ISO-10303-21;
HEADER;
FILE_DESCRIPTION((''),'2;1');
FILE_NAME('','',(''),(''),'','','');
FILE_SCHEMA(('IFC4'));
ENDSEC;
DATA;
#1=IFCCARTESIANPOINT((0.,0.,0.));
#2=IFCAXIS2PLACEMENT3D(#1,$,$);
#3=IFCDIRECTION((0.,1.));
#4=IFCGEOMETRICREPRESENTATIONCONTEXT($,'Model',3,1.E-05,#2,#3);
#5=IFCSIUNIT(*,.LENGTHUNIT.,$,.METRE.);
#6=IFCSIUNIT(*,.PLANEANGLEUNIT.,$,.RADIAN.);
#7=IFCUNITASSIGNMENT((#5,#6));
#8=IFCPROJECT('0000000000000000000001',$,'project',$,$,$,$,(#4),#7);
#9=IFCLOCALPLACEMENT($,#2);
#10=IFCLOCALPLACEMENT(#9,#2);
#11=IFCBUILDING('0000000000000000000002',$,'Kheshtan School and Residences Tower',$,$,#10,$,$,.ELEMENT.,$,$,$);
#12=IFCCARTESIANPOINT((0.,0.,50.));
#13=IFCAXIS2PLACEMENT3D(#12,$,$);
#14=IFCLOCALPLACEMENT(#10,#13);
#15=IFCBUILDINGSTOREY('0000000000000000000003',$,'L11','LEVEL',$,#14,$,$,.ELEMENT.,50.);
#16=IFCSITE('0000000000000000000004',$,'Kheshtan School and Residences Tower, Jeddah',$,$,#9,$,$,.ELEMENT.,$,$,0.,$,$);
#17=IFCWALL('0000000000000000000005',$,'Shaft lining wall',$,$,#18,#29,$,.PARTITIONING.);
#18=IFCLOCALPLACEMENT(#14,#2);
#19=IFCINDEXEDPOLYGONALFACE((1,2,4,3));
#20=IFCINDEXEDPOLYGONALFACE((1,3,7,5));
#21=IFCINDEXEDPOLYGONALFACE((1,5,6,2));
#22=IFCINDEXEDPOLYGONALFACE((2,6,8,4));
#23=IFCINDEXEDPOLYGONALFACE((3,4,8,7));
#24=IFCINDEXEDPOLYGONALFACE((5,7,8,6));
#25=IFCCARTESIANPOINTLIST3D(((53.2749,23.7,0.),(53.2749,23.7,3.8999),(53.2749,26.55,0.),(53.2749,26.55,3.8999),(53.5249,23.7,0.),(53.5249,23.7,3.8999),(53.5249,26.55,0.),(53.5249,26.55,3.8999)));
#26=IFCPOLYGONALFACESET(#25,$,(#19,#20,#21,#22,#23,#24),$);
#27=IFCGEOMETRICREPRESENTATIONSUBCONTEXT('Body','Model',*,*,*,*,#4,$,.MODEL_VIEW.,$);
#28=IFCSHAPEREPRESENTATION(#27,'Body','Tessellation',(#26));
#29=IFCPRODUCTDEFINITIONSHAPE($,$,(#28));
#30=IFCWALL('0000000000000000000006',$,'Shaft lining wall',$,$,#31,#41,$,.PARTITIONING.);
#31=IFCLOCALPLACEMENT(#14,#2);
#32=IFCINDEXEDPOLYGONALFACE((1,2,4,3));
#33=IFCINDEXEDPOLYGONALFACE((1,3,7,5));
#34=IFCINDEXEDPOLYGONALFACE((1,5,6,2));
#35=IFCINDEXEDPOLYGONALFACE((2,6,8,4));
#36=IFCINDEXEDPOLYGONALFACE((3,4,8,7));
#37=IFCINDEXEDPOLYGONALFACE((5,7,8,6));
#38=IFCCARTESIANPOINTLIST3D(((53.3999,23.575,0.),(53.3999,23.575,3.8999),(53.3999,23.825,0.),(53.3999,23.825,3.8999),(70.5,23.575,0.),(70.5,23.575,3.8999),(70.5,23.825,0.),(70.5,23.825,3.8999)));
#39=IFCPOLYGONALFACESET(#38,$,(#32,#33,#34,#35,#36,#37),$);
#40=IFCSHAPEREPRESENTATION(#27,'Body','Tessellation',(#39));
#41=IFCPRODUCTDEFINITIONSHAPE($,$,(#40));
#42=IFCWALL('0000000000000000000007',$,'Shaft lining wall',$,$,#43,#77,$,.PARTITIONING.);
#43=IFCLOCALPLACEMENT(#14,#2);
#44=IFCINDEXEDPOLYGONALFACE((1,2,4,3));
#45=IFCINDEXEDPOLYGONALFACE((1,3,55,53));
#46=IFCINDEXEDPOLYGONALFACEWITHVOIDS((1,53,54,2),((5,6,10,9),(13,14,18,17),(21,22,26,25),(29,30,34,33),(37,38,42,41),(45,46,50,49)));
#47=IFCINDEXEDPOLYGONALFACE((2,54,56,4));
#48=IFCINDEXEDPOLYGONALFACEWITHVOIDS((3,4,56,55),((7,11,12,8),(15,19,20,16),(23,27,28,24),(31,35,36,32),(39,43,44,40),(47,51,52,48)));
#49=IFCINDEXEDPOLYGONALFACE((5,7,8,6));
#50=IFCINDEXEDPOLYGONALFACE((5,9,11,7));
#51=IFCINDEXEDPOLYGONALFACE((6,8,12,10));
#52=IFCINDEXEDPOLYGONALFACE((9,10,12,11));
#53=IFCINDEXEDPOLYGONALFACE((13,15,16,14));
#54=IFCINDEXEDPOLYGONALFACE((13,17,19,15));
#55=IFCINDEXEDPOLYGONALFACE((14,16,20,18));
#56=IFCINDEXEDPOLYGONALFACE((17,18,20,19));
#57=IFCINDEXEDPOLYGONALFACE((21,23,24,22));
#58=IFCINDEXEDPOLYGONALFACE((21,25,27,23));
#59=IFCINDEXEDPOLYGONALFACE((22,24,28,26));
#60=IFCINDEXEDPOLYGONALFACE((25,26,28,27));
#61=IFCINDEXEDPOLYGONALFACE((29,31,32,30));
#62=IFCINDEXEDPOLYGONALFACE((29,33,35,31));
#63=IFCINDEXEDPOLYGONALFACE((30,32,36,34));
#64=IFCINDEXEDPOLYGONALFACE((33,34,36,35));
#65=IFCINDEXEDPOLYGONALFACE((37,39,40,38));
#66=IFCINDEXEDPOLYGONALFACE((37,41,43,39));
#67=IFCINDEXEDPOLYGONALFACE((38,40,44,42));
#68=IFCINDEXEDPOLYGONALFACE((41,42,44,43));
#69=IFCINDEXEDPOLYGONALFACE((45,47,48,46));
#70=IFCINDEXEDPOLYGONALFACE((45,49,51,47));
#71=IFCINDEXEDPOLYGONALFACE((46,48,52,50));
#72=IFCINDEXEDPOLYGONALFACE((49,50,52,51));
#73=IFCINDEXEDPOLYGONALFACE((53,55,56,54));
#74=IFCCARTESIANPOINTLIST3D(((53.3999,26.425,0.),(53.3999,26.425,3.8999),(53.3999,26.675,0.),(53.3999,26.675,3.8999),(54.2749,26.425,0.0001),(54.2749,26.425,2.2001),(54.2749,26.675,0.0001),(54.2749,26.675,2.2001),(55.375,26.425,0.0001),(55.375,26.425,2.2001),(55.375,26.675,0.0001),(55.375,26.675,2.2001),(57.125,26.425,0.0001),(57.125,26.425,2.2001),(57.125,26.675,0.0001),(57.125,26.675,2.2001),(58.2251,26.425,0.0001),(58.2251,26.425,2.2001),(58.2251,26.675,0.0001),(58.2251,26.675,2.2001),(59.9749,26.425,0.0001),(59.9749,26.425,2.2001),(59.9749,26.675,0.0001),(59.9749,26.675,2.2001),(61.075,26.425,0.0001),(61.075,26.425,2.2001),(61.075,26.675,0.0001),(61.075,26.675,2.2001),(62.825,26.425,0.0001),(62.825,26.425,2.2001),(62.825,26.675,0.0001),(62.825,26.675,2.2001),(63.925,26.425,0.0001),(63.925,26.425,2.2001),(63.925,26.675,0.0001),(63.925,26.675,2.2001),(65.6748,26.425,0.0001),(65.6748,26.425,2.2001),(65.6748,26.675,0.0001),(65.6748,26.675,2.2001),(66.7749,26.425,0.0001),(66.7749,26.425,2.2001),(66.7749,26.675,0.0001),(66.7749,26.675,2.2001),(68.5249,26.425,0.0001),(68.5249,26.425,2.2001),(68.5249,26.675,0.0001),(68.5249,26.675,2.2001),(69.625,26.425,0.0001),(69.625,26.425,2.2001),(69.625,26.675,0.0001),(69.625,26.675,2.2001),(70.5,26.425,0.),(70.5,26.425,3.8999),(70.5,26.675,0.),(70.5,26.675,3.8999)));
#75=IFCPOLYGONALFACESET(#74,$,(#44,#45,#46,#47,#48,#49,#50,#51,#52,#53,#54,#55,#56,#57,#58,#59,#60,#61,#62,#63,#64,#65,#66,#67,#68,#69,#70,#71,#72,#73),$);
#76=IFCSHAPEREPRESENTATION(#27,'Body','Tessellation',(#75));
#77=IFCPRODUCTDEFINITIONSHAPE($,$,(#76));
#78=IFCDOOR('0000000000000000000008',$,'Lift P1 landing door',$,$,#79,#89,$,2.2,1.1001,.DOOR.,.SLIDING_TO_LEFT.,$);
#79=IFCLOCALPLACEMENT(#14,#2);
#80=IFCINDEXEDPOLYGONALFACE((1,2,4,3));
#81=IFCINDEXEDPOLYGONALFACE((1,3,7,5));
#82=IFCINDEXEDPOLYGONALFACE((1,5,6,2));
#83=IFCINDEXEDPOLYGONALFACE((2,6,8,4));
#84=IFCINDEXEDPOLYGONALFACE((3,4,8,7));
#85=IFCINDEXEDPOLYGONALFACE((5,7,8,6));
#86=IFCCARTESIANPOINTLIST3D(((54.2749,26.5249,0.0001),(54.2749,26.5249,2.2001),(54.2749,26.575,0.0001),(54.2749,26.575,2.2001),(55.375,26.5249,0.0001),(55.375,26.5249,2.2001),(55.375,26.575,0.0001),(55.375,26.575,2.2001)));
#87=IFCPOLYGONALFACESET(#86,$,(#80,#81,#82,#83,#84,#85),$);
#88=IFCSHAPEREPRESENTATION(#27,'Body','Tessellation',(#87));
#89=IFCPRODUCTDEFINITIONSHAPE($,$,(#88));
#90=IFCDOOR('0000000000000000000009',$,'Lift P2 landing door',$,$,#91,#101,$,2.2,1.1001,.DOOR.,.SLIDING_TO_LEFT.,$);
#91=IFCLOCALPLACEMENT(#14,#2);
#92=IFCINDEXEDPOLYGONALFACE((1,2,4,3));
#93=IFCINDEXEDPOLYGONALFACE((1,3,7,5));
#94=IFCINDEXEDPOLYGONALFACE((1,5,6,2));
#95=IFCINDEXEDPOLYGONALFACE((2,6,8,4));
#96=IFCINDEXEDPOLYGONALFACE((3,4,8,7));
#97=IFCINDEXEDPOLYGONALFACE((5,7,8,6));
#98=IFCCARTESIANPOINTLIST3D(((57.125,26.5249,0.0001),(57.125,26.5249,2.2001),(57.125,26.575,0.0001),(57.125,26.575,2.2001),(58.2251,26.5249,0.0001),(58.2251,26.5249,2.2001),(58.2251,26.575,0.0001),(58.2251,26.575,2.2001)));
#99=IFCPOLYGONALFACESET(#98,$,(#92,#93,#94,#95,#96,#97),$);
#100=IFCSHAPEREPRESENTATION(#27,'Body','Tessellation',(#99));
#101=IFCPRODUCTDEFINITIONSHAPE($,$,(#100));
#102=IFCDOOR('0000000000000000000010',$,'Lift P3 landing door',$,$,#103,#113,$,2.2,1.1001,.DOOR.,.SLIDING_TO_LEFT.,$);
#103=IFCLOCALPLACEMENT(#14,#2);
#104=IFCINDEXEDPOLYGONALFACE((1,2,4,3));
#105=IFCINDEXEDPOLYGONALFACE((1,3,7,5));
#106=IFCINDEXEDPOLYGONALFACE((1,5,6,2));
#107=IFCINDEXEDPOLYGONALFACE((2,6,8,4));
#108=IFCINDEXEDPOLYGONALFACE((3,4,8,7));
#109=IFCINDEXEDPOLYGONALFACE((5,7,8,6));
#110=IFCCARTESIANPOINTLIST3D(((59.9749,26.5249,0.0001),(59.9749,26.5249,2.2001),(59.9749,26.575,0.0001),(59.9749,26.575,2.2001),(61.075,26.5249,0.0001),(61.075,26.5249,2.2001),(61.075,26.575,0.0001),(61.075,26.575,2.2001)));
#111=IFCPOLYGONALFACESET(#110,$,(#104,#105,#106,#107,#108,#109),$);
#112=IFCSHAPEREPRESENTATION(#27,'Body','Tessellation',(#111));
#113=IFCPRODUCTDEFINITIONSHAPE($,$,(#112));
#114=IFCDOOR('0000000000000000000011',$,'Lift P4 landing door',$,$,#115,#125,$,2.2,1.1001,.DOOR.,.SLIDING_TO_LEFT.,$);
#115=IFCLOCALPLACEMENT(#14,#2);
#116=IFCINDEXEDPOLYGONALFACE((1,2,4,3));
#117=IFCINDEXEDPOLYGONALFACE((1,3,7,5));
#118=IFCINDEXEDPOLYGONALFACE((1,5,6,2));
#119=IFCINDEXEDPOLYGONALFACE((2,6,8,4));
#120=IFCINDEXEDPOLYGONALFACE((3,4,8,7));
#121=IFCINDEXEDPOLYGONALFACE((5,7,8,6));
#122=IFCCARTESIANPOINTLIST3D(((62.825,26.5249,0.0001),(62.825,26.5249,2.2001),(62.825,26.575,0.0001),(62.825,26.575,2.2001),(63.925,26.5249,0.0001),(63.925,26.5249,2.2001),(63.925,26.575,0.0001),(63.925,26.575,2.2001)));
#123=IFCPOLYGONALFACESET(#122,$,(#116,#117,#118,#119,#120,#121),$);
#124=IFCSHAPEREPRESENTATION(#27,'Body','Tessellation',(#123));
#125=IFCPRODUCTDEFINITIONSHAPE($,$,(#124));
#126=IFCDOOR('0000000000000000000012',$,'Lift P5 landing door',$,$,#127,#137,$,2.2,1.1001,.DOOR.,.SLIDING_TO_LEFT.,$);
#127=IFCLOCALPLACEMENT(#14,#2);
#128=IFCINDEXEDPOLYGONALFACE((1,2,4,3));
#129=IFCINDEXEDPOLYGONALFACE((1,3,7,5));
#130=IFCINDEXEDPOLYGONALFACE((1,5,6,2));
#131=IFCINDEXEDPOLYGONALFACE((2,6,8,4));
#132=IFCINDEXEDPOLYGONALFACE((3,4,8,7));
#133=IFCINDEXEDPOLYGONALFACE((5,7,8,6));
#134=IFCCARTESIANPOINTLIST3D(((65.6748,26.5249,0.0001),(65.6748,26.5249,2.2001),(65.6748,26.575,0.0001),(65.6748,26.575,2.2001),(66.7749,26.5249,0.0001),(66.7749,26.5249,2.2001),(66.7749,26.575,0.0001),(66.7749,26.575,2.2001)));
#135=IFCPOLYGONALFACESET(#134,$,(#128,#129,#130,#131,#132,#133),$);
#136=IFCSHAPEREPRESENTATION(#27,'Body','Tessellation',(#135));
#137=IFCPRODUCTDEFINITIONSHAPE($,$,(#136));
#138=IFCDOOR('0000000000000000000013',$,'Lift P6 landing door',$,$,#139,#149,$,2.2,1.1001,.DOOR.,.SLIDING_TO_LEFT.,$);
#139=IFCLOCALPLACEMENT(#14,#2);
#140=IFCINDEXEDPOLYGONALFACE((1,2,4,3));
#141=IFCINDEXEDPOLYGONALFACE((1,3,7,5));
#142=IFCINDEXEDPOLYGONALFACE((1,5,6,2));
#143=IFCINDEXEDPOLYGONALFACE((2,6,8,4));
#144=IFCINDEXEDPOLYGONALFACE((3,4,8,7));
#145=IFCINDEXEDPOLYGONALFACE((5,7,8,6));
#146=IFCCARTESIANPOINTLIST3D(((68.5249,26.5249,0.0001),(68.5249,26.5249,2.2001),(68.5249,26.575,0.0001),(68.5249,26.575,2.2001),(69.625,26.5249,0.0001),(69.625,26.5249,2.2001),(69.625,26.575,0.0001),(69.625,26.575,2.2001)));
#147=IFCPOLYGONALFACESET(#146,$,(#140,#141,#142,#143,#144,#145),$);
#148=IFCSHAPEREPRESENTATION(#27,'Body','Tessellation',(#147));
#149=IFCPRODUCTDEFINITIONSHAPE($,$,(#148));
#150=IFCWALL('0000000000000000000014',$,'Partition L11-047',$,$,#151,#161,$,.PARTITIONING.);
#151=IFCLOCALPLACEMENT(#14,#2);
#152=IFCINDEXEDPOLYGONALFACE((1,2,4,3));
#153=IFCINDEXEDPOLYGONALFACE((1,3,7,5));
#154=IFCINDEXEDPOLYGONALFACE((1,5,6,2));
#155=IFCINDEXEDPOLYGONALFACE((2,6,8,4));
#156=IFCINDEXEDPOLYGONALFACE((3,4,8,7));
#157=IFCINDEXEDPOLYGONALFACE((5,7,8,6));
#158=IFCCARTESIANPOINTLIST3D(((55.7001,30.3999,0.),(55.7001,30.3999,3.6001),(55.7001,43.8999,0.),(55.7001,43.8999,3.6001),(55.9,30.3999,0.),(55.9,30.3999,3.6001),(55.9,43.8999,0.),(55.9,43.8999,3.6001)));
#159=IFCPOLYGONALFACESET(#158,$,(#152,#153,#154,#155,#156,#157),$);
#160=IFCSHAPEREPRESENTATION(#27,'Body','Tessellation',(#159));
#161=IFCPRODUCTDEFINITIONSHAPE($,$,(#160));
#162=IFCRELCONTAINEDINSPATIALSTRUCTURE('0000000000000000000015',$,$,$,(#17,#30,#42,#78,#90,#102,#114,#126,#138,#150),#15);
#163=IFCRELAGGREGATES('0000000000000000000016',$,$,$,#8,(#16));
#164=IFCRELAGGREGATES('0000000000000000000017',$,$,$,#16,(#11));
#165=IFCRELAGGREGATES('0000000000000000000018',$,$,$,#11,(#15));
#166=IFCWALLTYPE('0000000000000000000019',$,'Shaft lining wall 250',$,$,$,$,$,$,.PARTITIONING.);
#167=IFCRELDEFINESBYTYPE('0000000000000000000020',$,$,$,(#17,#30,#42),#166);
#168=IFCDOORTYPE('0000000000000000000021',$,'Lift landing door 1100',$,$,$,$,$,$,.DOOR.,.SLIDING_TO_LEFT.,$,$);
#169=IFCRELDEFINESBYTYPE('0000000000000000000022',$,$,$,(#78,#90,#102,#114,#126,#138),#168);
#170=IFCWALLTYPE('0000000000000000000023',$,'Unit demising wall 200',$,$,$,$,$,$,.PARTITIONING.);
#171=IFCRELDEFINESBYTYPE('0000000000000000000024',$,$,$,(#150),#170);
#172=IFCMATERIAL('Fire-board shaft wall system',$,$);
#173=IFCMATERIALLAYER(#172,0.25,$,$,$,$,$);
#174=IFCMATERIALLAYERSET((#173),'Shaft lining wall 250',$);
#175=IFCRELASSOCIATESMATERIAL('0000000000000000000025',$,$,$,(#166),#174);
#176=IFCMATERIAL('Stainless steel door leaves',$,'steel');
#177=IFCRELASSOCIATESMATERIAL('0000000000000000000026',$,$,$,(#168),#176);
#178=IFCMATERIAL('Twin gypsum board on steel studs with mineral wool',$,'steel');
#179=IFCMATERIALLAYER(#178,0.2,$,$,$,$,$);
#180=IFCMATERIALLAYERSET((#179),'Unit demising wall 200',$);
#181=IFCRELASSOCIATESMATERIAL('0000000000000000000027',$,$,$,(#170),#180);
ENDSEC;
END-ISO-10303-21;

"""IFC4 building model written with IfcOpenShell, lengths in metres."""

from ifc_helpers import new_model, si_unit, direction, frame, frame_2d, origin, place, context, subcontext, project, spatial, rectangle, extrude, source, transform, mapped, material, layer, layer_set, type_object, element, fill, save


model = new_model("IFC4")

# Units and contexts
model_context = context("Model", 3, precision=1e-05, world=origin(), true_north=direction((0.0, 1.0)))
body_context = subcontext(model_context, "Body", "Model", "MODEL_VIEW")
ifc_project = project(units=[si_unit("LENGTHUNIT", "METRE"), si_unit("PLANEANGLEUNIT", "RADIAN")], contexts=[model_context])

# Site, building, storey
site_placement = place(None, origin())
site = spatial("IfcSite", under=ifc_project, at=site_placement, Name="Kheshtan School and Residences Tower, Jeddah", CompositionType="ELEMENT", RefElevation=0.0)
building_placement = place(site_placement, origin())
building = spatial("IfcBuilding", under=site, at=building_placement, Name="Kheshtan School and Residences Tower", CompositionType="ELEMENT")
storey_placement = place(building_placement, frame((0.0, 0.0, 50.0)))
storey = spatial("IfcBuildingStorey", under=building, at=storey_placement, Name="L11", Description="LEVEL", CompositionType="ELEMENT", Elevation=50.0)

# Walls
ifc_material_1 = material(Name="Fire-board shaft wall system")
ifc_layer_1 = layer(ifc_material_1, 0.25)
ifc_layer_set_1 = layer_set([ifc_layer_1], Name="Shaft lining wall 250")
wall_type_1 = type_object("IfcWallType", Name="Shaft lining wall 250", PredefinedType="PARTITIONING", material=ifc_layer_set_1)
wall_1_placement = place(storey_placement, frame((53.3999, 23.7, 0.0), z_axis=(0.0, 0.0, 1.0), x_axis=(0.0, 1.0, 0.0)))
element("IfcWall", 1, at=wall_1_placement, inside=storey, type_object=wall_type_1, Name="Shaft lining wall", PredefinedType="PARTITIONING", context=body_context, shape_type="SweptSolid", body=[
    extrude(rectangle(XDim=2.8501, YDim=0.25, at=frame_2d((1.425, 0.0))), origin(), (0.0, 0.0, 1.0), 3.8999),
])
wall_2_placement = place(storey_placement, frame((53.3999, 23.7, 0.0), z_axis=(0.0, 0.0, 1.0), x_axis=(1.0, 0.0, 0.0)))
element("IfcWall", 2, at=wall_2_placement, inside=storey, type_object=wall_type_1, Name="Shaft lining wall", PredefinedType="PARTITIONING", context=body_context, shape_type="SweptSolid", body=[
    extrude(rectangle(XDim=17.1001, YDim=0.25, at=frame_2d((8.55, 0.0))), origin(), (0.0, 0.0, 1.0), 3.8999),
])

# Wall, openings, doors
wall_3_placement = place(storey_placement, frame((53.3999, 26.55, 0.0), z_axis=(0.0, 0.0, 1.0), x_axis=(1.0, 0.0, 0.0)))
wall_3 = element("IfcWall", 3, at=wall_3_placement, inside=storey, type_object=wall_type_1, Name="Shaft lining wall", PredefinedType="PARTITIONING", context=body_context, shape_type="SweptSolid", body=[
    extrude(rectangle(XDim=17.1001, YDim=0.25, at=frame_2d((8.55, 0.0))), origin(), (0.0, 0.0, 1.0), 3.8999),
])
opening_1_placement = place(wall_3_placement, frame((0.875, 0.0, 0.0)))
opening_1 = element("IfcOpeningElement", 4, at=opening_1_placement, cuts=wall_3, PredefinedType="OPENING", context=body_context, shape_type="SweptSolid", body=[
    extrude(rectangle(XDim=1.1001, YDim=2.2, at=frame_2d((0.55, 1.1001))), frame((0.0, 0.135, 0.0), z_axis=(0.0, -1.0, 0.0), x_axis=(1.0, 0.0, 0.0)), (0.0, 0.0, 1.0), 0.27),
])
opening_2_placement = place(wall_3_placement, frame((3.7251, 0.0, 0.0)))
opening_2 = element("IfcOpeningElement", 5, at=opening_2_placement, cuts=wall_3, PredefinedType="OPENING", context=body_context, shape_type="SweptSolid", body=[
    extrude(rectangle(XDim=1.1001, YDim=2.2, at=frame_2d((0.55, 1.1001))), frame((0.0, 0.135, 0.0), z_axis=(0.0, -1.0, 0.0), x_axis=(1.0, 0.0, 0.0)), (0.0, 0.0, 1.0), 0.27),
])
opening_3_placement = place(wall_3_placement, frame((6.575, 0.0, 0.0)))
opening_3 = element("IfcOpeningElement", 6, at=opening_3_placement, cuts=wall_3, PredefinedType="OPENING", context=body_context, shape_type="SweptSolid", body=[
    extrude(rectangle(XDim=1.1001, YDim=2.2, at=frame_2d((0.55, 1.1001))), frame((0.0, 0.135, 0.0), z_axis=(0.0, -1.0, 0.0), x_axis=(1.0, 0.0, 0.0)), (0.0, 0.0, 1.0), 0.27),
])
opening_4_placement = place(wall_3_placement, frame((9.425, 0.0, 0.0)))
opening_4 = element("IfcOpeningElement", 7, at=opening_4_placement, cuts=wall_3, PredefinedType="OPENING", context=body_context, shape_type="SweptSolid", body=[
    extrude(rectangle(XDim=1.1001, YDim=2.2, at=frame_2d((0.55, 1.1001))), frame((0.0, 0.135, 0.0), z_axis=(0.0, -1.0, 0.0), x_axis=(1.0, 0.0, 0.0)), (0.0, 0.0, 1.0), 0.27),
])
opening_5_placement = place(wall_3_placement, frame((12.2749, 0.0, 0.0)))
opening_5 = element("IfcOpeningElement", 8, at=opening_5_placement, cuts=wall_3, PredefinedType="OPENING", context=body_context, shape_type="SweptSolid", body=[
    extrude(rectangle(XDim=1.1001, YDim=2.2, at=frame_2d((0.55, 1.1001))), frame((0.0, 0.135, 0.0), z_axis=(0.0, -1.0, 0.0), x_axis=(1.0, 0.0, 0.0)), (0.0, 0.0, 1.0), 0.27),
])
opening_6_placement = place(wall_3_placement, frame((15.125, 0.0, 0.0)))
opening_6 = element("IfcOpeningElement", 9, at=opening_6_placement, cuts=wall_3, PredefinedType="OPENING", context=body_context, shape_type="SweptSolid", body=[
    extrude(rectangle(XDim=1.1001, YDim=2.2, at=frame_2d((0.55, 1.1001))), frame((0.0, 0.135, 0.0), z_axis=(0.0, -1.0, 0.0), x_axis=(1.0, 0.0, 0.0)), (0.0, 0.0, 1.0), 0.27),
])
ifc_material_2 = material(Name="Stainless steel door leaves", Category="steel")
door_type_1 = type_object("IfcDoorType", Name="Lift landing door 1100", OperationType="SLIDING_TO_LEFT", PredefinedType="DOOR", material=ifc_material_2)
shared_shape_1 = source(origin(), body_context, "Body", "SweptSolid", [
    extrude(rectangle(XDim=1.1001, YDim=2.2, at=frame_2d((0.55, 1.1001))), frame((0.0, 0.0249, 0.0), z_axis=(0.0, -1.0, 0.0), x_axis=(1.0, 0.0, 0.0)), (0.0, 0.0, 1.0), 0.05),
])
door_1_placement = place(opening_1_placement, origin())
door_1 = element("IfcDoor", 10, at=door_1_placement, inside=storey, type_object=door_type_1, Name="Lift P1 landing door", OperationType="SLIDING_TO_LEFT", OverallHeight=2.2, OverallWidth=1.1001, PredefinedType="DOOR", context=body_context, shape_type="MappedRepresentation", body=[
    mapped(shared_shape_1, transform((0.0, 0.0, 0.0), x_axis=(1.0, 0.0, 0.0), y_axis=(0.0, 1.0, 0.0), z_axis=(0.0, 0.0, 1.0), scale=1.0)),
])
fill(opening_1, door_1)
door_2_placement = place(opening_2_placement, origin())
door_2 = element("IfcDoor", 11, at=door_2_placement, inside=storey, type_object=door_type_1, Name="Lift P2 landing door", OperationType="SLIDING_TO_LEFT", OverallHeight=2.2, OverallWidth=1.1001, PredefinedType="DOOR", context=body_context, shape_type="MappedRepresentation", body=[
    mapped(shared_shape_1, transform((0.0, 0.0, 0.0), x_axis=(1.0, 0.0, 0.0), y_axis=(0.0, 1.0, 0.0), z_axis=(0.0, 0.0, 1.0), scale=1.0)),
])
fill(opening_2, door_2)
door_3_placement = place(opening_3_placement, origin())
door_3 = element("IfcDoor", 12, at=door_3_placement, inside=storey, type_object=door_type_1, Name="Lift P3 landing door", OperationType="SLIDING_TO_LEFT", OverallHeight=2.2, OverallWidth=1.1001, PredefinedType="DOOR", context=body_context, shape_type="MappedRepresentation", body=[
    mapped(shared_shape_1, transform((0.0, 0.0, 0.0), x_axis=(1.0, 0.0, 0.0), y_axis=(0.0, 1.0, 0.0), z_axis=(0.0, 0.0, 1.0), scale=1.0)),
])
fill(opening_3, door_3)
door_4_placement = place(opening_4_placement, origin())
door_4 = element("IfcDoor", 13, at=door_4_placement, inside=storey, type_object=door_type_1, Name="Lift P4 landing door", OperationType="SLIDING_TO_LEFT", OverallHeight=2.2, OverallWidth=1.1001, PredefinedType="DOOR", context=body_context, shape_type="MappedRepresentation", body=[
    mapped(shared_shape_1, transform((0.0, 0.0, 0.0), x_axis=(1.0, 0.0, 0.0), y_axis=(0.0, 1.0, 0.0), z_axis=(0.0, 0.0, 1.0), scale=1.0)),
])
fill(opening_4, door_4)
door_5_placement = place(opening_5_placement, origin())
door_5 = element("IfcDoor", 14, at=door_5_placement, inside=storey, type_object=door_type_1, Name="Lift P5 landing door", OperationType="SLIDING_TO_LEFT", OverallHeight=2.2, OverallWidth=1.1001, PredefinedType="DOOR", context=body_context, shape_type="MappedRepresentation", body=[
    mapped(shared_shape_1, transform((0.0, 0.0, 0.0), x_axis=(1.0, 0.0, 0.0), y_axis=(0.0, 1.0, 0.0), z_axis=(0.0, 0.0, 1.0), scale=1.0)),
])
fill(opening_5, door_5)
door_6_placement = place(opening_6_placement, origin())
door_6 = element("IfcDoor", 15, at=door_6_placement, inside=storey, type_object=door_type_1, Name="Lift P6 landing door", OperationType="SLIDING_TO_LEFT", OverallHeight=2.2, OverallWidth=1.1001, PredefinedType="DOOR", context=body_context, shape_type="MappedRepresentation", body=[
    mapped(shared_shape_1, transform((0.0, 0.0, 0.0), x_axis=(1.0, 0.0, 0.0), y_axis=(0.0, 1.0, 0.0), z_axis=(0.0, 0.0, 1.0), scale=1.0)),
])
fill(opening_6, door_6)

# Wall
ifc_material_3 = material(Name="Twin gypsum board on steel studs with mineral wool", Category="steel")
ifc_layer_2 = layer(ifc_material_3, 0.2)
ifc_layer_set_2 = layer_set([ifc_layer_2], Name="Unit demising wall 200")
wall_type_2 = type_object("IfcWallType", Name="Unit demising wall 200", PredefinedType="PARTITIONING", material=ifc_layer_set_2)
wall_4_placement = place(storey_placement, frame((55.8, 30.3999, 0.0), z_axis=(0.0, 0.0, 1.0), x_axis=(0.0, 1.0, 0.0)))
element("IfcWall", 16, at=wall_4_placement, inside=storey, type_object=wall_type_2, Name="Partition L11-047", PredefinedType="PARTITIONING", context=body_context, shape_type="SweptSolid", body=[
    extrude(rectangle(XDim=13.5, YDim=0.2, at=frame_2d((6.75, 0.0))), origin(), (0.0, 0.0, 1.0), 3.6001),
])

save(model, "model.ifc")
